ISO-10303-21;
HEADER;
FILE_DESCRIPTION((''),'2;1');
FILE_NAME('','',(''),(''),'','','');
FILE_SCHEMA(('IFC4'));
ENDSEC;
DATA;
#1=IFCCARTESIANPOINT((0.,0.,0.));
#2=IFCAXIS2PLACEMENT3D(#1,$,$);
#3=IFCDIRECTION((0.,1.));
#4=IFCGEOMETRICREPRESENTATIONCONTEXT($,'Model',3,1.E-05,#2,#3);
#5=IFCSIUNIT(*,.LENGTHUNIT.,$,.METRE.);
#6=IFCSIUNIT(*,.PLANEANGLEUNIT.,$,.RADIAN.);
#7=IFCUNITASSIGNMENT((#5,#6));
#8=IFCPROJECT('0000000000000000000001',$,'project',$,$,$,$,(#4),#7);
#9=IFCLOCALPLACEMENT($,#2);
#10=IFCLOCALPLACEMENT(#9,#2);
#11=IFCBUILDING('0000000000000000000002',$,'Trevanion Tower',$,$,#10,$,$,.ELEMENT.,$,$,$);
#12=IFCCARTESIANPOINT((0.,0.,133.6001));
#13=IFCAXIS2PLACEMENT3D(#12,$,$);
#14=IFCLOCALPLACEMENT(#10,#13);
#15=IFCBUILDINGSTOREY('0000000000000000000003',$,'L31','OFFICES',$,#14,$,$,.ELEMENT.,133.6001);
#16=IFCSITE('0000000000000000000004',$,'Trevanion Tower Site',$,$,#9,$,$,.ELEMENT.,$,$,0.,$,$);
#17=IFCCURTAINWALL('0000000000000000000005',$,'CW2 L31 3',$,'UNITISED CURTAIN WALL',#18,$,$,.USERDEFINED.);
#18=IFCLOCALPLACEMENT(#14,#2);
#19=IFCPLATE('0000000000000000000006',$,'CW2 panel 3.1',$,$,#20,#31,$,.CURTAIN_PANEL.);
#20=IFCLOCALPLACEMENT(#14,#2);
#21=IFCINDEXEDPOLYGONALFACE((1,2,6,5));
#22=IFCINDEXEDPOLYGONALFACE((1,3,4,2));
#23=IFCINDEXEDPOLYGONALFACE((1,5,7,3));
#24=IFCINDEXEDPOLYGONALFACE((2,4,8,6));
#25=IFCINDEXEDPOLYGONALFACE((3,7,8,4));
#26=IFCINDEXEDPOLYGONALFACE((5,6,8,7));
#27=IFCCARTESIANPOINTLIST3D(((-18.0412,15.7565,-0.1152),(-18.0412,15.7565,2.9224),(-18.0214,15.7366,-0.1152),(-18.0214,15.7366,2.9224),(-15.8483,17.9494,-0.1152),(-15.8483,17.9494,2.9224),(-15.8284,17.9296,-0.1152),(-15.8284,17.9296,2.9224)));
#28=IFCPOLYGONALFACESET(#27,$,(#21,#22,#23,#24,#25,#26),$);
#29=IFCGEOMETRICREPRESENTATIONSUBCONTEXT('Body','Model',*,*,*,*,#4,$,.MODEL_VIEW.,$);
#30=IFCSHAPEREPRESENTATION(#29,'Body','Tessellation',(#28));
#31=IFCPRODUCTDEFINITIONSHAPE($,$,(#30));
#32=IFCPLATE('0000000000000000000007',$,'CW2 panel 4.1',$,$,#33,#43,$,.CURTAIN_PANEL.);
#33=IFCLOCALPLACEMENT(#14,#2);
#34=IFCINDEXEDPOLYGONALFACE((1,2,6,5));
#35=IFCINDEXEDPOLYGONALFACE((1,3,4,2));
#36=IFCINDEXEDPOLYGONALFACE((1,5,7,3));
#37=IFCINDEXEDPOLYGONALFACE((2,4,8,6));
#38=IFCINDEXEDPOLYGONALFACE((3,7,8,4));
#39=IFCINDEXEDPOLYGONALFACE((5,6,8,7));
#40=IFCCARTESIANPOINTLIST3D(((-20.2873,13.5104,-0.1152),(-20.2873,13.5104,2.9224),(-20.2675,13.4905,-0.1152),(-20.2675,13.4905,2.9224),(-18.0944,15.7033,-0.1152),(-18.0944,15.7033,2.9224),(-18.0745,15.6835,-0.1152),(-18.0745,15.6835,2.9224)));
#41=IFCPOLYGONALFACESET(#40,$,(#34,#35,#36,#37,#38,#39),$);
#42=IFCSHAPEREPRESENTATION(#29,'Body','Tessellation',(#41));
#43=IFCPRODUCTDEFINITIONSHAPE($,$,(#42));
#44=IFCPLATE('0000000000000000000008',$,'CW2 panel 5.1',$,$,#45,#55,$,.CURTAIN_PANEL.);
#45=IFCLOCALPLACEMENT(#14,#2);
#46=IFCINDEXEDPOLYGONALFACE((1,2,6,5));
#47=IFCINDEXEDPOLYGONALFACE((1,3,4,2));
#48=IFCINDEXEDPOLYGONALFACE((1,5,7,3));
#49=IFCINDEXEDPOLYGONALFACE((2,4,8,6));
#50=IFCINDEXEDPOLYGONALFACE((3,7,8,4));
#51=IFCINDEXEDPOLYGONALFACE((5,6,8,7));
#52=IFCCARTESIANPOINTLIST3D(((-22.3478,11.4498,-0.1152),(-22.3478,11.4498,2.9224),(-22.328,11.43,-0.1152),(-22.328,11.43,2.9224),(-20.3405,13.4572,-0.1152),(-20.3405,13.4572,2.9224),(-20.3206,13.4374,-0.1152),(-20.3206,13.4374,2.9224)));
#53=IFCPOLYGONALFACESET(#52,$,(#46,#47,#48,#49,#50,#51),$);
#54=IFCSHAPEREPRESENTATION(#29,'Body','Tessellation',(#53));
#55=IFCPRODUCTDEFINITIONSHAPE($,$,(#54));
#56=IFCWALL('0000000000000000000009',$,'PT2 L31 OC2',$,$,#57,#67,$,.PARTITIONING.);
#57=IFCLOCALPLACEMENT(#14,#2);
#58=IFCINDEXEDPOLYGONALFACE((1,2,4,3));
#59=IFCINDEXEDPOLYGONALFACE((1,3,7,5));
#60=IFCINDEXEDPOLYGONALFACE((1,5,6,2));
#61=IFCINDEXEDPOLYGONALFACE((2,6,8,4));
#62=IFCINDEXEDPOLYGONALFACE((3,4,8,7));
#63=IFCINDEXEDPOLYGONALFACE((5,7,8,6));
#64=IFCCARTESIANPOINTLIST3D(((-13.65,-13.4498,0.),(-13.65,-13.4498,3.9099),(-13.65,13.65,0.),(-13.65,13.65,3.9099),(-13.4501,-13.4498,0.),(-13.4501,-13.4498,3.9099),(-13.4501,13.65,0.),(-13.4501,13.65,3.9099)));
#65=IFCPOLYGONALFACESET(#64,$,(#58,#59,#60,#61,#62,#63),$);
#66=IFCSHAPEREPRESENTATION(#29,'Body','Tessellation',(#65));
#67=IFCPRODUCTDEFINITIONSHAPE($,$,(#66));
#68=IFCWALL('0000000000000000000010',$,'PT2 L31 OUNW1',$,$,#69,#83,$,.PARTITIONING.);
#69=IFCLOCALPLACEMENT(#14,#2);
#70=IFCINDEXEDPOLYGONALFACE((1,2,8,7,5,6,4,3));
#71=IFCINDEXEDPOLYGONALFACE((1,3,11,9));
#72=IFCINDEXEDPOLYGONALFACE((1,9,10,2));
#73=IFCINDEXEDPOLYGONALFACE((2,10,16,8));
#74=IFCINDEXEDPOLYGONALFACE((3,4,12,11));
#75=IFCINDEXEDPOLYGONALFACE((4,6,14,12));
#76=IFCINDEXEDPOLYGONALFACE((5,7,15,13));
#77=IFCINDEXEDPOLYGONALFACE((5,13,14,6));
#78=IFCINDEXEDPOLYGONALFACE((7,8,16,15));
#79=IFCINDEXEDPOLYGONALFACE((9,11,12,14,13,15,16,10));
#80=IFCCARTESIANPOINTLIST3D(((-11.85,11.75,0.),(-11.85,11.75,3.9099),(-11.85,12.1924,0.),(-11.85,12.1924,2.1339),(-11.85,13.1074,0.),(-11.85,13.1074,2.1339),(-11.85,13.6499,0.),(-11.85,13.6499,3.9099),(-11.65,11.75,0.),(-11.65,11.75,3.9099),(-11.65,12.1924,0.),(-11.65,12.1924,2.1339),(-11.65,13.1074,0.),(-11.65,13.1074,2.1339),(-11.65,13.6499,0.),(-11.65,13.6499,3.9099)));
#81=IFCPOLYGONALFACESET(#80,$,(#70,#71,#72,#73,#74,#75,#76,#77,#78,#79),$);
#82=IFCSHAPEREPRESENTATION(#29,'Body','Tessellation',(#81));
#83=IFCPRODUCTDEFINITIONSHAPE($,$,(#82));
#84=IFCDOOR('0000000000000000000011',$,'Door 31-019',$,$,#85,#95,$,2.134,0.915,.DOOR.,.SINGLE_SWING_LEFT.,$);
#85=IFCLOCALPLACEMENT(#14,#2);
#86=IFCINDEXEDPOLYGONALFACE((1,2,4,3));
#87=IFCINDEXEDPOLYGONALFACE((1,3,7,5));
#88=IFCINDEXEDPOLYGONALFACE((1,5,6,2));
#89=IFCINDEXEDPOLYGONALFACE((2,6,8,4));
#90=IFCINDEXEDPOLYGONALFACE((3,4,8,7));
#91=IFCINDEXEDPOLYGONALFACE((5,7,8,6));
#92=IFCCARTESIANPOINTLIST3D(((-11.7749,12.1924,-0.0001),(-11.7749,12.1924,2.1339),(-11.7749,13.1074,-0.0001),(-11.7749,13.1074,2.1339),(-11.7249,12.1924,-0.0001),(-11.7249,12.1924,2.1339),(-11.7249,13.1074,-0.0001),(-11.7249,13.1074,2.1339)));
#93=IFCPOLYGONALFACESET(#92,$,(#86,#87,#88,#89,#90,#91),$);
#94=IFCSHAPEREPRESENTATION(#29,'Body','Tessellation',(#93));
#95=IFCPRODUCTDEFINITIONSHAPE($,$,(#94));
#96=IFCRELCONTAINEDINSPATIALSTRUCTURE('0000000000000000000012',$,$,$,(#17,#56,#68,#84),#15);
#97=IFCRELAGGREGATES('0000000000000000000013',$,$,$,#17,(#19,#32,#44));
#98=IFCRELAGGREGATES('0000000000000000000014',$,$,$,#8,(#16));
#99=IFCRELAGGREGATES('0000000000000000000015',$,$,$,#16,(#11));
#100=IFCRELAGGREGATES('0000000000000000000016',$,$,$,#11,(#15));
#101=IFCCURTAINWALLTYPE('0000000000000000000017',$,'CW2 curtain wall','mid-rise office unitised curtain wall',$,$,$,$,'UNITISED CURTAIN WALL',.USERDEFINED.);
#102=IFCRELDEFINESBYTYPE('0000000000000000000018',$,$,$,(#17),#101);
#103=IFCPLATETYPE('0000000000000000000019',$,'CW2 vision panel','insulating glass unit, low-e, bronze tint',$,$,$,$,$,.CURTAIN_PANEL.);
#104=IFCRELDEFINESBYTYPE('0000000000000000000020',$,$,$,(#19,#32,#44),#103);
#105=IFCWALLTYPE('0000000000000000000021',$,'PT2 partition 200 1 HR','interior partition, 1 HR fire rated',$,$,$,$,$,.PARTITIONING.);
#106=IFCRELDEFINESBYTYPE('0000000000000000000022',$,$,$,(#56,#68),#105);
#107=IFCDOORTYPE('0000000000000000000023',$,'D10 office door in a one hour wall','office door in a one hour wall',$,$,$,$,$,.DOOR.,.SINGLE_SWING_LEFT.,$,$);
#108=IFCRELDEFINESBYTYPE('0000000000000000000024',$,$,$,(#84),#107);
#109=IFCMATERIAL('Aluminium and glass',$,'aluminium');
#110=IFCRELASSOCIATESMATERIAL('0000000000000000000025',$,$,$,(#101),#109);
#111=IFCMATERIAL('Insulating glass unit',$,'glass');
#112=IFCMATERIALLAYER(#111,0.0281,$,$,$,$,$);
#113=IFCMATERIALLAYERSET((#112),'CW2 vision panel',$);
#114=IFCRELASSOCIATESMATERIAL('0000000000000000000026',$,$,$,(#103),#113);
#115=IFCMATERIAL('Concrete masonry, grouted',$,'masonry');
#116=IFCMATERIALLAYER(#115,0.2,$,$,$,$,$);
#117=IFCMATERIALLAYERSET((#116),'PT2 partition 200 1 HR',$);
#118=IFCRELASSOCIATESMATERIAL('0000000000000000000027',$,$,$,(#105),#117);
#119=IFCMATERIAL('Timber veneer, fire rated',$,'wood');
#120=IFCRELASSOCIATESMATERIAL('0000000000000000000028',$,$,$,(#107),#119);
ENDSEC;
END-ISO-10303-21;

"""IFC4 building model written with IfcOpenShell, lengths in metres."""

from ifc_helpers import new_model, si_unit, direction, frame, frame_2d, origin, origin_2d, place, context, subcontext, project, spatial, rectangle, extrude, material, layer, layer_set, type_object, element, fill, aggregate, save


model = new_model("IFC4")

# Units and contexts
model_context = context("Model", 3, precision=1e-05, world=origin(), true_north=direction((0.0, 1.0)))
body_context = subcontext(model_context, "Body", "Model", "MODEL_VIEW")
ifc_project = project(units=[si_unit("LENGTHUNIT", "METRE"), si_unit("PLANEANGLEUNIT", "RADIAN")], contexts=[model_context])

# Site, building, storey
site_placement = place(None, origin())
site = spatial("IfcSite", under=ifc_project, at=site_placement, Name="Trevanion Tower Site", CompositionType="ELEMENT", RefElevation=0.0)
building_placement = place(site_placement, origin())
building = spatial("IfcBuilding", under=site, at=building_placement, Name="Trevanion Tower", CompositionType="ELEMENT")
storey_placement = place(building_placement, frame((0.0, 0.0, 133.6001)))
storey = spatial("IfcBuildingStorey", under=building, at=storey_placement, Name="L31", Description="OFFICES", CompositionType="ELEMENT", Elevation=133.6001)

# Curtain wall
ifc_material_1 = material(Name="Aluminium and glass", Category="aluminium")
curtain_wall_type = type_object("IfcCurtainWallType", Name="CW2 curtain wall", Description="mid-rise office unitised curtain wall", ElementType="UNITISED CURTAIN WALL", PredefinedType="USERDEFINED", material=ifc_material_1)
curtain_wall_1_placement = place(storey_placement, origin())
curtain_wall_1 = element("IfcCurtainWall", 1, at=curtain_wall_1_placement, inside=storey, type_object=curtain_wall_type, Name="CW2 L31 3", ObjectType="UNITISED CURTAIN WALL", PredefinedType="USERDEFINED")

# Plates
ifc_material_2 = material(Name="Insulating glass unit", Category="glass")
ifc_layer_1 = layer(ifc_material_2, 0.0281)
ifc_layer_set_1 = layer_set([ifc_layer_1], Name="CW2 vision panel")
plate_type_1 = type_object("IfcPlateType", Name="CW2 vision panel", Description="insulating glass unit, low-e, bronze tint", PredefinedType="CURTAIN_PANEL", material=ifc_layer_set_1)
plate_1_placement = place(storey_placement, frame((-16.9348, 16.843, -0.1152), z_axis=(0.0, 0.0, 1.0), x_axis=(-0.707107, -0.707107, 0.0)))
plate_1 = element("IfcPlate", 2, at=plate_1_placement, type_object=plate_type_1, Name="CW2 panel 3.1", PredefinedType="CURTAIN_PANEL", context=body_context, shape_type="SweptSolid", body=[
    extrude(rectangle(XDim=3.1013, YDim=0.0281, at=origin_2d()), origin(), (0.0, 0.0, 1.0), 3.0376),
])
plate_2_placement = place(storey_placement, frame((-19.1809, 14.5969, -0.1152), z_axis=(0.0, 0.0, 1.0), x_axis=(-0.707107, -0.707107, 0.0)))
plate_2 = element("IfcPlate", 3, at=plate_2_placement, type_object=plate_type_1, Name="CW2 panel 4.1", PredefinedType="CURTAIN_PANEL", context=body_context, shape_type="SweptSolid", body=[
    extrude(rectangle(XDim=3.1013, YDim=0.0281, at=origin_2d()), origin(), (0.0, 0.0, 1.0), 3.0376),
])
plate_3_placement = place(storey_placement, frame((-21.3342, 12.4436, -0.1152), z_axis=(0.0, 0.0, 1.0), x_axis=(-0.707107, -0.707107, 0.0)))
plate_3 = element("IfcPlate", 4, at=plate_3_placement, type_object=plate_type_1, Name="CW2 panel 5.1", PredefinedType="CURTAIN_PANEL", context=body_context, shape_type="SweptSolid", body=[
    extrude(rectangle(XDim=2.8389, YDim=0.0281, at=origin_2d()), origin(), (0.0, 0.0, 1.0), 3.0376),
])
aggregate(curtain_wall_1, [plate_1, plate_2, plate_3])

# Wall
ifc_material_3 = material(Name="Concrete masonry, grouted", Category="masonry")
ifc_layer_2 = layer(ifc_material_3, 0.2)
ifc_layer_set_2 = layer_set([ifc_layer_2], Name="PT2 partition 200 1 HR")
wall_type = type_object("IfcWallType", Name="PT2 partition 200 1 HR", Description="interior partition, 1 HR fire rated", PredefinedType="PARTITIONING", material=ifc_layer_set_2)
wall_1_placement = place(storey_placement, frame((-13.55, 13.6499, 0.0), z_axis=(0.0, 0.0, 1.0), x_axis=(0.0, -1.0, 0.0)))
element("IfcWall", 5, at=wall_1_placement, inside=storey, type_object=wall_type, Name="PT2 L31 OC2", PredefinedType="PARTITIONING", context=body_context, shape_type="SweptSolid", body=[
    extrude(rectangle(XDim=27.0999, YDim=0.2, at=frame_2d((13.5498, 0.0))), origin(), (0.0, 0.0, 1.0), 3.9099),
])

# Wall, opening, door
wall_2_placement = place(storey_placement, frame((-11.75, 11.75, 0.0), z_axis=(0.0, 0.0, 1.0), x_axis=(0.0, 1.0, 0.0)))
wall_2 = element("IfcWall", 6, at=wall_2_placement, inside=storey, type_object=wall_type, Name="PT2 L31 OUNW1", PredefinedType="PARTITIONING", context=body_context, shape_type="SweptSolid", body=[
    extrude(rectangle(XDim=1.8999, YDim=0.2, at=frame_2d((0.95, 0.0))), origin(), (0.0, 0.0, 1.0), 3.9099),
])
opening_placement = place(wall_2_placement, frame((0.4424, 0.0, 0.0)))
opening = element("IfcOpeningElement", 7, at=opening_placement, cuts=wall_2, PredefinedType="OPENING", context=body_context, shape_type="SweptSolid", body=[
    extrude(rectangle(XDim=0.915, YDim=2.134, at=frame_2d((0.4575, 1.0669))), frame((0.0, 0.1099, 0.0), z_axis=(0.0, -1.0, 0.0), x_axis=(1.0, 0.0, 0.0)), (0.0, 0.0, 1.0), 0.22),
])
ifc_material_4 = material(Name="Timber veneer, fire rated", Category="wood")
door_type = type_object("IfcDoorType", Name="D10 office door in a one hour wall", Description="office door in a one hour wall", OperationType="SINGLE_SWING_LEFT", PredefinedType="DOOR", material=ifc_material_4)
door_placement = place(opening_placement, origin())
door = element("IfcDoor", 8, at=door_placement, inside=storey, type_object=door_type, Name="Door 31-019", OperationType="SINGLE_SWING_LEFT", OverallHeight=2.134, OverallWidth=0.915, PredefinedType="DOOR", context=body_context, shape_type="SweptSolid", body=[
    extrude(rectangle(XDim=0.915, YDim=2.134, at=frame_2d((0.4575, 1.0669))), frame((0.0, 0.0249, 0.0), z_axis=(0.0, -1.0, 0.0), x_axis=(1.0, 0.0, 0.0)), (0.0, 0.0, 1.0), 0.05),
])
fill(opening, door)

save(model, "model.ifc")
